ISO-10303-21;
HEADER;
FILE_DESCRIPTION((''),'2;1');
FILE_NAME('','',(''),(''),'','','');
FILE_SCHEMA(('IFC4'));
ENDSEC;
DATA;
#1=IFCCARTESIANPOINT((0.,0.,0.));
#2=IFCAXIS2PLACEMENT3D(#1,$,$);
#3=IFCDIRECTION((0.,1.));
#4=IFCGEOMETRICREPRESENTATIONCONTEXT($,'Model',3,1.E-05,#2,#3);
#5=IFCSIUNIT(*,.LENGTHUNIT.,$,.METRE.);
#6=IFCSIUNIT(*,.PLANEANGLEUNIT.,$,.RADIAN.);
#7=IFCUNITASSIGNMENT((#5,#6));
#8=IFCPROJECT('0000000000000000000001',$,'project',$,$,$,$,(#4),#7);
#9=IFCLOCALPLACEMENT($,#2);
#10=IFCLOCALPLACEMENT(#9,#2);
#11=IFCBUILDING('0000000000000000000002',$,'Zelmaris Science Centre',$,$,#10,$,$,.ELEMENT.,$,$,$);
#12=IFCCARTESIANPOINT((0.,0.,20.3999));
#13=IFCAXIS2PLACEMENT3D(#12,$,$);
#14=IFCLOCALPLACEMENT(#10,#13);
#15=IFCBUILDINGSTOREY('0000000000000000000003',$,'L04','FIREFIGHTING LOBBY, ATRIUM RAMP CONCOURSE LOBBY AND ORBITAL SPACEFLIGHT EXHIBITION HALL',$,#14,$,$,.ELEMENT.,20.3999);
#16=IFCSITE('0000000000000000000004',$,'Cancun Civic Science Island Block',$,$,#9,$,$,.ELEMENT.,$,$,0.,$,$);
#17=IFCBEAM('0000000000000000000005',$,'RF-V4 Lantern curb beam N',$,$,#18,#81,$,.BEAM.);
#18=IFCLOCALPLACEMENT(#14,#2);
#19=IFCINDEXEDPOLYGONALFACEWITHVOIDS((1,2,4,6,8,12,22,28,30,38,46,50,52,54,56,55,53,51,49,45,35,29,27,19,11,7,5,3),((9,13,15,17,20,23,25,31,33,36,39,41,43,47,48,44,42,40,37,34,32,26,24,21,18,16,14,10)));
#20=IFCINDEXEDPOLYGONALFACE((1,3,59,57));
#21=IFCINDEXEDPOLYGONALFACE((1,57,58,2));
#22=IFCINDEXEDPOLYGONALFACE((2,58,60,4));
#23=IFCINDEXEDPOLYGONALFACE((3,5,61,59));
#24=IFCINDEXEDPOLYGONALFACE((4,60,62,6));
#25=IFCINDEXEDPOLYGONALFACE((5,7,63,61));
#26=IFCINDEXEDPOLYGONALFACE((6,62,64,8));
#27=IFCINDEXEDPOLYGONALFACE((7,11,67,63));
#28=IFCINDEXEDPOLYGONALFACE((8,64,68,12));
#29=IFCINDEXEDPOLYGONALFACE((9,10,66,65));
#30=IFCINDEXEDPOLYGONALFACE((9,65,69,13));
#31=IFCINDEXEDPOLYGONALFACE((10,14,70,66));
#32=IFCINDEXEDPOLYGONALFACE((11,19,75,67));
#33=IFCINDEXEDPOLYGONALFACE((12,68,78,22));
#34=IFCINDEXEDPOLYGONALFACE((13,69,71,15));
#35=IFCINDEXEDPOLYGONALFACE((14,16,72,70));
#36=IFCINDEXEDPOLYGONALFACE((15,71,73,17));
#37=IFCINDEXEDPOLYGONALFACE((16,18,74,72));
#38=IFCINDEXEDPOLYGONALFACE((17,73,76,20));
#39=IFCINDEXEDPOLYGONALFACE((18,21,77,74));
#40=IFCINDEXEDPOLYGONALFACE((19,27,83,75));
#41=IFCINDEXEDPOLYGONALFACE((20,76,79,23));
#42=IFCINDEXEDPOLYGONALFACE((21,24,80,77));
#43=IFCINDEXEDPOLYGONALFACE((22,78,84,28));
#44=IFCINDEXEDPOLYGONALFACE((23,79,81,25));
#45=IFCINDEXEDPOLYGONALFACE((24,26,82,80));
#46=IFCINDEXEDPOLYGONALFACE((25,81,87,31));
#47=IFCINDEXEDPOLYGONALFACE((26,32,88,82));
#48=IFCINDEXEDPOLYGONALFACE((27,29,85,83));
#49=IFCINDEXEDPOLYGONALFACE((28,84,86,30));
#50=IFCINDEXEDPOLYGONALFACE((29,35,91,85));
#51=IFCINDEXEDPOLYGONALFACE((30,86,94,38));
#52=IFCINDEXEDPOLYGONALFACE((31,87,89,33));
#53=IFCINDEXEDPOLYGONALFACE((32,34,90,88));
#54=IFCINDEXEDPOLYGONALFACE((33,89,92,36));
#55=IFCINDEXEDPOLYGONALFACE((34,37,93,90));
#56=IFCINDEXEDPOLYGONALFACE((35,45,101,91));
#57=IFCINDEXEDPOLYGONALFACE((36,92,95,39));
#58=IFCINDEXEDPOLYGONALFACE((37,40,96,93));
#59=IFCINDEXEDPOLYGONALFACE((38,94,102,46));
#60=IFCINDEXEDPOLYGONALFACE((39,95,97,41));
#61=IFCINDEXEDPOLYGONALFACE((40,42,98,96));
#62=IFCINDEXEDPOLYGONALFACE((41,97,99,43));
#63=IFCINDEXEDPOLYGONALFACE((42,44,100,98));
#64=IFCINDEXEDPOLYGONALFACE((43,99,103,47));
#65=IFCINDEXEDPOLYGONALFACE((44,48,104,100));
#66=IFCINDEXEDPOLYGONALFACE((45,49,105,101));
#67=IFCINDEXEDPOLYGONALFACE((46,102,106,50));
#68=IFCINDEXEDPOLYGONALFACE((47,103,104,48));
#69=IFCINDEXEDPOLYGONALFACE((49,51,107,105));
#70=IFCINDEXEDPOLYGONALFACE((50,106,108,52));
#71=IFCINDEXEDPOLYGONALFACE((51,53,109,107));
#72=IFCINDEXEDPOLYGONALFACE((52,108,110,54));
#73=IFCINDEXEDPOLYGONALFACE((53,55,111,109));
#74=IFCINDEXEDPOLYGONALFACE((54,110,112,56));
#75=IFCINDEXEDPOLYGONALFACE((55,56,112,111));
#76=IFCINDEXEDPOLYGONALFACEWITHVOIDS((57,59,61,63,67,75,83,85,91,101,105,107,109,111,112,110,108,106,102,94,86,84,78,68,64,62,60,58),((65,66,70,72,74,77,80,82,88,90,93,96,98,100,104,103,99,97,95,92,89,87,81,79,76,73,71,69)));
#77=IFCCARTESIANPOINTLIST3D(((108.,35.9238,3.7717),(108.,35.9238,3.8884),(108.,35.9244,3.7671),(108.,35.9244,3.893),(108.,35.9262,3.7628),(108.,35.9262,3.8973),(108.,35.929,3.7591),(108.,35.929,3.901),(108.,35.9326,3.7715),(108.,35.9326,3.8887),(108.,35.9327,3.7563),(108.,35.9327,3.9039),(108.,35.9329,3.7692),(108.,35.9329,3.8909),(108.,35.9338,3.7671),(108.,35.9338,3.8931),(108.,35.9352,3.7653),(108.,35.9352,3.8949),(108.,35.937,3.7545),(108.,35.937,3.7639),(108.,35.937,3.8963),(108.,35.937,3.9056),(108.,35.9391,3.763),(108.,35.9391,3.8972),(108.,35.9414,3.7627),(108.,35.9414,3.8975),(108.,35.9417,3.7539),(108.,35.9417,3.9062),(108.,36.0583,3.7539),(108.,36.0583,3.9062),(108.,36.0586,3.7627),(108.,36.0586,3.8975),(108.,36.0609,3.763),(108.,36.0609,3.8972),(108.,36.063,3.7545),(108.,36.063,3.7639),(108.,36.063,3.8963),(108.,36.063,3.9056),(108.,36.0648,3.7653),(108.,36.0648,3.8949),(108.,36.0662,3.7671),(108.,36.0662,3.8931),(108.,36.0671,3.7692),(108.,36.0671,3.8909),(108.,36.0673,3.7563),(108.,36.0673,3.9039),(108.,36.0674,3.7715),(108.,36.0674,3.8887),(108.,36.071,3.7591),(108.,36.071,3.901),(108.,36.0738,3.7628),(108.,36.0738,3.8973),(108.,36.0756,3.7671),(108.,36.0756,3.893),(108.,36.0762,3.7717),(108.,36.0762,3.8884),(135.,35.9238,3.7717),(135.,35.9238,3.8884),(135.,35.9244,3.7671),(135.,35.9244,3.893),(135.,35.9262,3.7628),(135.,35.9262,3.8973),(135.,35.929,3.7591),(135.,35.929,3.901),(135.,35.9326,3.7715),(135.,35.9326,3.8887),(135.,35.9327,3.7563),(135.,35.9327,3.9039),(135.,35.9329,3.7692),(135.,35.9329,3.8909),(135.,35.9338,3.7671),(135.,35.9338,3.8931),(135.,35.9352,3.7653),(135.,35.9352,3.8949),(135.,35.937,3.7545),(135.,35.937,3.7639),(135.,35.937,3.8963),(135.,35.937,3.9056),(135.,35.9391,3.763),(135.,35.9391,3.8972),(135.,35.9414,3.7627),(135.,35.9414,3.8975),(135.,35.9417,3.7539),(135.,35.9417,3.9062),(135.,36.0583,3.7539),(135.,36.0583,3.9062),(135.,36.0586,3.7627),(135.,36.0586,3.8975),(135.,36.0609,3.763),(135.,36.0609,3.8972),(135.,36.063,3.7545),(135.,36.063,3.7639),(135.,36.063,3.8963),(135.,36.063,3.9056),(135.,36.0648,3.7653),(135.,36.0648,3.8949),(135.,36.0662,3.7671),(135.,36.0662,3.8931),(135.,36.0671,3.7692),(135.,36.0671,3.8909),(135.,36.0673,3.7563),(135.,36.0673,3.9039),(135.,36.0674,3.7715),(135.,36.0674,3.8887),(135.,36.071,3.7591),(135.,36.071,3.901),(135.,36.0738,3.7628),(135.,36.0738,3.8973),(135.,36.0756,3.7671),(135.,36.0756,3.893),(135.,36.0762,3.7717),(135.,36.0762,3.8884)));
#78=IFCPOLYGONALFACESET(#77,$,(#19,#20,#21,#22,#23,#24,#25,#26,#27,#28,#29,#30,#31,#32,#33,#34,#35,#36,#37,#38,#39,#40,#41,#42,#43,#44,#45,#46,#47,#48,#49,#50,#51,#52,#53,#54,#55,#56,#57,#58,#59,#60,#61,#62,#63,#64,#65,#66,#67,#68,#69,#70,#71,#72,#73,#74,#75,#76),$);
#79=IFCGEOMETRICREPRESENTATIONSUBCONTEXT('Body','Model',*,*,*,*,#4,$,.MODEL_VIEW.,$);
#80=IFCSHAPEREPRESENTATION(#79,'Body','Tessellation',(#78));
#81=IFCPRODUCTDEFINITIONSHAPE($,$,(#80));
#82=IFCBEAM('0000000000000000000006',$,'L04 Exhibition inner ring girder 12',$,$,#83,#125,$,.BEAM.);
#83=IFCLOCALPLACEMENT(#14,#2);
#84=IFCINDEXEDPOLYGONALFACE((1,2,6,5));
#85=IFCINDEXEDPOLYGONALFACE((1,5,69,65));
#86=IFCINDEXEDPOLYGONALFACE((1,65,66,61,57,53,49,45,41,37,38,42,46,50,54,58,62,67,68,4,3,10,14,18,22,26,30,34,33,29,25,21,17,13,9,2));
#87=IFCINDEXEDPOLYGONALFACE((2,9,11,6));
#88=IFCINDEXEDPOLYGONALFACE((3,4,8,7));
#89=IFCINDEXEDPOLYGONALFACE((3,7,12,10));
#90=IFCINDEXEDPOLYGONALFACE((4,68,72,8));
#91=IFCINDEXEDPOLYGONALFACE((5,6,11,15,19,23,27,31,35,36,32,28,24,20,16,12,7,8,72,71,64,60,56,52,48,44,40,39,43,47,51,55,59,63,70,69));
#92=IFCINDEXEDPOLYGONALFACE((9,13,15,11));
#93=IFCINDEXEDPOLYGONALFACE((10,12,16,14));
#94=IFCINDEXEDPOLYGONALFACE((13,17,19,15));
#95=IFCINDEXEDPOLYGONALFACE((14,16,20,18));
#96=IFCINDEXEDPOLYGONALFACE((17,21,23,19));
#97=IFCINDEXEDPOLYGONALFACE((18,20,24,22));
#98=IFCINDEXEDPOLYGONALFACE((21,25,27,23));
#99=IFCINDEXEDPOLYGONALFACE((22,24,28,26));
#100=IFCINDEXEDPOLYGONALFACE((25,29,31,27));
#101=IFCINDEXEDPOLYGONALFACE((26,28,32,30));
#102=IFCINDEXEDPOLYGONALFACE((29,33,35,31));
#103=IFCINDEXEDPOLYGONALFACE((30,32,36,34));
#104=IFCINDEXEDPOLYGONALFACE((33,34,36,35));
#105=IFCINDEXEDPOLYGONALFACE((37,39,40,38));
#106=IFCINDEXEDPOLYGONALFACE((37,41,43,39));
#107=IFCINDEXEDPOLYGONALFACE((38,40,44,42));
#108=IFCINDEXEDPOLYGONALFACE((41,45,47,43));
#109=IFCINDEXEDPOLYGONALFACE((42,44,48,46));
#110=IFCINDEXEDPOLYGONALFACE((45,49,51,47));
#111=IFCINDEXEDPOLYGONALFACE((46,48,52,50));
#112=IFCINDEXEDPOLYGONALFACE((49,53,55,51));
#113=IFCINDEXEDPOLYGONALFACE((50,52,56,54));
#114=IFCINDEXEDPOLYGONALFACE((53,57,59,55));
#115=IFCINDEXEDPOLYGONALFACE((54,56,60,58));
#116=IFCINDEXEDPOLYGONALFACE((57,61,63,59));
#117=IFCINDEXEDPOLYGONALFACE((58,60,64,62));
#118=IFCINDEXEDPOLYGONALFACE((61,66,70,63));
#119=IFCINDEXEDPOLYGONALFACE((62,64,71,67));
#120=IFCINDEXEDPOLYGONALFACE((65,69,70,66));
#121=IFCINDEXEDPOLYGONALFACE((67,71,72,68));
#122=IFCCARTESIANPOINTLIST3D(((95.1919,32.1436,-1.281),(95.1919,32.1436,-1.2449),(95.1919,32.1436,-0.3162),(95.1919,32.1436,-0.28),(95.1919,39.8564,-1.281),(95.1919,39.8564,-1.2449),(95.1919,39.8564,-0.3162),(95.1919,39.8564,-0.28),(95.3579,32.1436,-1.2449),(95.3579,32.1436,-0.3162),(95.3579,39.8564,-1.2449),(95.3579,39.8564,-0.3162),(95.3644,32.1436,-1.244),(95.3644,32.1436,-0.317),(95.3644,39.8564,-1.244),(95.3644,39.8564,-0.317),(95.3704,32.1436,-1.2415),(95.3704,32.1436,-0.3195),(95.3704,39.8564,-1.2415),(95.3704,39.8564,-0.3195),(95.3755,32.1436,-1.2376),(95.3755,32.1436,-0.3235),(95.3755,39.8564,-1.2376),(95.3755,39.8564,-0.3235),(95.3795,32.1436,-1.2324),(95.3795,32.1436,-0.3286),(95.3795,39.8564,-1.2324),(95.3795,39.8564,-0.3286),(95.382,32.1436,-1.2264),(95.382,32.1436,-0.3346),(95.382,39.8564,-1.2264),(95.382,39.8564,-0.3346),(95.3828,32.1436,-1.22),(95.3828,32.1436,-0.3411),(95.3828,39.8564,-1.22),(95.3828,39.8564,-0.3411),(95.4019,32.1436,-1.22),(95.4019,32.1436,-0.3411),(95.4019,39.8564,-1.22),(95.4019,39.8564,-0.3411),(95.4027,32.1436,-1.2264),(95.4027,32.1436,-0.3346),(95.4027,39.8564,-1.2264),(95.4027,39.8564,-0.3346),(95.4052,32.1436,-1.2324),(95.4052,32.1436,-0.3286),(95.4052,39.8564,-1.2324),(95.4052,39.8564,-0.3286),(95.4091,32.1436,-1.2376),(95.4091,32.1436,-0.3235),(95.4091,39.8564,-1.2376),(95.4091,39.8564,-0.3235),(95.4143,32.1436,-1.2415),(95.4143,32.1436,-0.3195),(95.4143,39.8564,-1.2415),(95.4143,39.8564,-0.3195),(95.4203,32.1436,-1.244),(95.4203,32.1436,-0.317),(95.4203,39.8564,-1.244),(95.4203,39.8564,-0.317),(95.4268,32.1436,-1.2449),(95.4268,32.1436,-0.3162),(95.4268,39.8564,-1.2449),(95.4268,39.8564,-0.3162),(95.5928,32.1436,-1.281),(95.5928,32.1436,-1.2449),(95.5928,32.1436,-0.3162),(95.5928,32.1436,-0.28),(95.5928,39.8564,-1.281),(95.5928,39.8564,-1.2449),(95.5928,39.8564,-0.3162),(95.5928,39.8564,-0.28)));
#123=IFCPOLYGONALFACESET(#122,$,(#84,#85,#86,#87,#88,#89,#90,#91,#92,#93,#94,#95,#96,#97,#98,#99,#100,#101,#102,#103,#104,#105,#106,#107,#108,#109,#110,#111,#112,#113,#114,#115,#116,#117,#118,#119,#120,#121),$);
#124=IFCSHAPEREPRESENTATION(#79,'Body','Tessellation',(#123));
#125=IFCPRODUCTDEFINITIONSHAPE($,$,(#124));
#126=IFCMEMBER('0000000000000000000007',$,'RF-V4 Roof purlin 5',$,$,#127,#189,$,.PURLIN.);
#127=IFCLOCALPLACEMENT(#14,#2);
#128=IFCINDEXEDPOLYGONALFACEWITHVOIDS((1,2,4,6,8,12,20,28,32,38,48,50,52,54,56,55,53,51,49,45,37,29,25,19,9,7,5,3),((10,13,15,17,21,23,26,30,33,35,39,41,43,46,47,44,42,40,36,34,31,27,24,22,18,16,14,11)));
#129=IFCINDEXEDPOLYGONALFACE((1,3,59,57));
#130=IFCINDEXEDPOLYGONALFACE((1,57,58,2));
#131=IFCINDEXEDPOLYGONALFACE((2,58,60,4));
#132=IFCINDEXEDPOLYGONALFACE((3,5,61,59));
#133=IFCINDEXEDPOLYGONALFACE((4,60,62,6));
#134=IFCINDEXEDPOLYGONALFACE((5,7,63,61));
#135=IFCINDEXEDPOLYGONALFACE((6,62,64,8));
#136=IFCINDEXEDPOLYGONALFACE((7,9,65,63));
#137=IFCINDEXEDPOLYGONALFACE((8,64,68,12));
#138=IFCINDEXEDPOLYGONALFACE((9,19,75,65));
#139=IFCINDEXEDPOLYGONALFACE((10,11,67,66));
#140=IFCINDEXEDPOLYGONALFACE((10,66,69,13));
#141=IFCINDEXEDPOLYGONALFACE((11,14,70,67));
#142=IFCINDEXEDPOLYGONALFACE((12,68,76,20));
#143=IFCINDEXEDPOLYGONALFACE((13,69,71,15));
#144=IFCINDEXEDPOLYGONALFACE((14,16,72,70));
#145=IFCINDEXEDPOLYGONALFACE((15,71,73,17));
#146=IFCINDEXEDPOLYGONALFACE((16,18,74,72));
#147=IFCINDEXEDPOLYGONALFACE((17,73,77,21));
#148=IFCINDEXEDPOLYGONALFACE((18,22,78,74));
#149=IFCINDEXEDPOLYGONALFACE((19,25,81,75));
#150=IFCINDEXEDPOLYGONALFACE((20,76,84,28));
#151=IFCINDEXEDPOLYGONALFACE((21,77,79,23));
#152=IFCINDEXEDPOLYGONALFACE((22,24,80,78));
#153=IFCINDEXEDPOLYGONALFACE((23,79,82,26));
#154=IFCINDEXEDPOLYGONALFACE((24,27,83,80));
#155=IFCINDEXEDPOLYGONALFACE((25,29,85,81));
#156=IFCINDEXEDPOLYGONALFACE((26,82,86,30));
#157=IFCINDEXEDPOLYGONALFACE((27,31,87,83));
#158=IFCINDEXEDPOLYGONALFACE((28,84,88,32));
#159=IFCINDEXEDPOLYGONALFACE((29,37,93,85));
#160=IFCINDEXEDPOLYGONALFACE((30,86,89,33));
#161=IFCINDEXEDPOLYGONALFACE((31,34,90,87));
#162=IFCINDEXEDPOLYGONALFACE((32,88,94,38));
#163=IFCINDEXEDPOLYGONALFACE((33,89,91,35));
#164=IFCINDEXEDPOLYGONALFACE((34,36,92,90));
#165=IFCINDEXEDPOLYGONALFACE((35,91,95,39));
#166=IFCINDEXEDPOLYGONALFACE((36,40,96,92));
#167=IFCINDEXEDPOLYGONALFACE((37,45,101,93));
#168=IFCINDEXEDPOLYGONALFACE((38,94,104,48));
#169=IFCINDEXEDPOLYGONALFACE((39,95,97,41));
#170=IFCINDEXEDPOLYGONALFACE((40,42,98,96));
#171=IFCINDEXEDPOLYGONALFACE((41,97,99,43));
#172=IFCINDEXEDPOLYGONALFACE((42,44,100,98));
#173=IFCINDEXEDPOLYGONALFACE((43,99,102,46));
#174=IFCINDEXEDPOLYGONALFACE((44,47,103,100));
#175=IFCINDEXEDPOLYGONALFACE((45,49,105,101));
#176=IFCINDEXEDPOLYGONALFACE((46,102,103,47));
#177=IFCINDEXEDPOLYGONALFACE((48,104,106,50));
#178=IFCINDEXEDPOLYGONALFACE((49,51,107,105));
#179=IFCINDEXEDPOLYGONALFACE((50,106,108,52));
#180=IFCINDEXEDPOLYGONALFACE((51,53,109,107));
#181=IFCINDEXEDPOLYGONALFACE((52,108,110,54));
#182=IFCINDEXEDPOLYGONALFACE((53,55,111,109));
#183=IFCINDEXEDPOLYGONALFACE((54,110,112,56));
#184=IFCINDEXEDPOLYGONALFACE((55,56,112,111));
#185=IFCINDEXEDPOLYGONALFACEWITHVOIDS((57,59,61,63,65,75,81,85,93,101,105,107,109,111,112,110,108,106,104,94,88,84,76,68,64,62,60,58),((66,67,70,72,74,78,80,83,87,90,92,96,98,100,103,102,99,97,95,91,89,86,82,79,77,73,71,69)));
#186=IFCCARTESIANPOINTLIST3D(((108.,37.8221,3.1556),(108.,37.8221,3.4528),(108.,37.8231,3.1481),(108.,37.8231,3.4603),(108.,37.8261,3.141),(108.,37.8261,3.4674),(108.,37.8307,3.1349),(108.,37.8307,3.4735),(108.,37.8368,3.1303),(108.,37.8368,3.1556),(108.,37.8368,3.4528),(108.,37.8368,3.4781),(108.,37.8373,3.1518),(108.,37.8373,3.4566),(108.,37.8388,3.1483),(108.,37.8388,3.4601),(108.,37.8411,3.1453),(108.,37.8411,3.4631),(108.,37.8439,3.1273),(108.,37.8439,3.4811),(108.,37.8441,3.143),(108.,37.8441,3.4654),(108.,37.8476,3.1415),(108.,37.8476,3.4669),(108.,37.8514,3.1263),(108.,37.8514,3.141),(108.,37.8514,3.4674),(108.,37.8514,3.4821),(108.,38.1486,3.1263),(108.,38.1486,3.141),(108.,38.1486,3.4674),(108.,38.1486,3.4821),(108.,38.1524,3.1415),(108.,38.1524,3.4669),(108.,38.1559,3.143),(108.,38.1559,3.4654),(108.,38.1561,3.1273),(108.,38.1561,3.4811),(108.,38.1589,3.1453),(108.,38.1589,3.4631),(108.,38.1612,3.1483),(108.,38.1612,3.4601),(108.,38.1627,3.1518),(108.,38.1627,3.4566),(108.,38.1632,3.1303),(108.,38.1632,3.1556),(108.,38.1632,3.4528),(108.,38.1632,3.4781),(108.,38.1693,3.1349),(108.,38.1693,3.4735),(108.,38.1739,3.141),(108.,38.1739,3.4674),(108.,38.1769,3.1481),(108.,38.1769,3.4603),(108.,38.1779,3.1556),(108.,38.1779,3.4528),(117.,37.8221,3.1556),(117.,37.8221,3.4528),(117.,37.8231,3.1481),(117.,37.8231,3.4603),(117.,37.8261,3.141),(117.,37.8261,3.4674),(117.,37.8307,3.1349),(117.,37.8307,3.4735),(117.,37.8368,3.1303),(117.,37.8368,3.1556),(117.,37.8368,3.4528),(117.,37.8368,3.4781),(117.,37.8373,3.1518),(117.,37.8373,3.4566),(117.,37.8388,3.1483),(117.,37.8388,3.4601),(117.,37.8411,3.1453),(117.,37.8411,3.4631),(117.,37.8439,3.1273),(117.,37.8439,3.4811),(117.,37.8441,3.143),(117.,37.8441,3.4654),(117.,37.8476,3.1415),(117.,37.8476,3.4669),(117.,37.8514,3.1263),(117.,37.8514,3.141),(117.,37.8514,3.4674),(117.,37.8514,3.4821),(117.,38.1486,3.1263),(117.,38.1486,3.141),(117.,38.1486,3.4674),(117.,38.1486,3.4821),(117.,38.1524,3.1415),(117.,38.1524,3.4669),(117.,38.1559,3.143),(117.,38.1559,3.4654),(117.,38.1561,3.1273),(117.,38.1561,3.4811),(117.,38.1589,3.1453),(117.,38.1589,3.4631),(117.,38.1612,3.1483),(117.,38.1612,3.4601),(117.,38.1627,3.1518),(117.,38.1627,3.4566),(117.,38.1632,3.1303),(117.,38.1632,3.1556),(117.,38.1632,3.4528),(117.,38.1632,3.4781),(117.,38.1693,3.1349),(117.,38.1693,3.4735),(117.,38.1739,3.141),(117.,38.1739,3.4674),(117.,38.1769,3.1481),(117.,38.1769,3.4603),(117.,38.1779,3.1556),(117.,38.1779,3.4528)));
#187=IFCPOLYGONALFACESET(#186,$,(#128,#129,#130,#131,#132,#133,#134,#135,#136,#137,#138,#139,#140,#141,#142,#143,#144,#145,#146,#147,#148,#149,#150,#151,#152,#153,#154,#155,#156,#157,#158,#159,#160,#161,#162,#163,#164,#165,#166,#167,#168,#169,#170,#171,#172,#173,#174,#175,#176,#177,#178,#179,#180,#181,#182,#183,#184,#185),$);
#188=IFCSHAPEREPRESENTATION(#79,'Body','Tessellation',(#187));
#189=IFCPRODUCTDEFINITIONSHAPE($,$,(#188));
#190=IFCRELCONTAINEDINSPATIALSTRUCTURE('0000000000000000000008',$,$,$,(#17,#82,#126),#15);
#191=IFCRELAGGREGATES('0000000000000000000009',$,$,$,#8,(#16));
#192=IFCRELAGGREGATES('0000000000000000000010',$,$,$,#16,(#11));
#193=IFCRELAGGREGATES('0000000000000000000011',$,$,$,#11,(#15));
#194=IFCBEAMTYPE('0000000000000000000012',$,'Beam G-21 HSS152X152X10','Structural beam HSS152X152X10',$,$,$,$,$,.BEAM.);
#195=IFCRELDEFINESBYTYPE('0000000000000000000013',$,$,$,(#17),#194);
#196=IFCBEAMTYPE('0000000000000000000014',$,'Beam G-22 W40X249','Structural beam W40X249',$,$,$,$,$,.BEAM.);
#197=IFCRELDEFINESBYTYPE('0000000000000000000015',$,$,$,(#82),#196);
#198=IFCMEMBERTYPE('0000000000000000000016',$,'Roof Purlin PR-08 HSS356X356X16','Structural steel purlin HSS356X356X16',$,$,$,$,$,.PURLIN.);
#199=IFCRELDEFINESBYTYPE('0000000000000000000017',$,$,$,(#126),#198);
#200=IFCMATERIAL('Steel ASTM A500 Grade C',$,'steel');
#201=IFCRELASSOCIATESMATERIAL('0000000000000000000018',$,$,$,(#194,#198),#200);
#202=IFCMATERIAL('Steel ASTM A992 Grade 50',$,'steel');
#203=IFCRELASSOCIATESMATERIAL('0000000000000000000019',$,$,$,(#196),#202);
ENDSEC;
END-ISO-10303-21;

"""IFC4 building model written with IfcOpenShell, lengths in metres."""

from ifc_helpers import new_model, si_unit, direction, frame, origin, origin_2d, place, context, subcontext, project, spatial, hollow_rectangle, i_section, extrude, material, material_profile, profile_set, type_object, element, save


model = new_model("IFC4")

# Units and contexts
model_context = context("Model", 3, precision=1e-05, world=origin(), true_north=direction((0.0, 1.0)))
body_context = subcontext(model_context, "Body", "Model", "MODEL_VIEW")
ifc_project = project(units=[si_unit("LENGTHUNIT", "METRE"), si_unit("PLANEANGLEUNIT", "RADIAN")], contexts=[model_context])

# Site, building, storey
site_placement = place(None, origin())
site = spatial("IfcSite", under=ifc_project, at=site_placement, Name="Cancun Civic Science Island Block", CompositionType="ELEMENT", RefElevation=0.0)
building_placement = place(site_placement, origin())
building = spatial("IfcBuilding", under=site, at=building_placement, Name="Zelmaris Science Centre", CompositionType="ELEMENT")
storey_placement = place(building_placement, frame((0.0, 0.0, 20.3999)))
storey = spatial("IfcBuildingStorey", under=building, at=storey_placement, Name="L04", Description="FIREFIGHTING LOBBY, ATRIUM RAMP CONCOURSE LOBBY AND ORBITAL SPACEFLIGHT EXHIBITION HALL", CompositionType="ELEMENT", Elevation=20.3999)

# Shared definitions
ifc_material_1 = material(Name="Steel ASTM A992 Grade 50", Category="steel")

# Beams
ifc_material_2 = material(Name="Steel ASTM A500 Grade C", Category="steel")
ifc_material_profile_1 = material_profile(ifc_material_2, hollow_rectangle(XDim=0.1523, YDim=0.1523, WallThickness=0.0088, InnerFilletRadius=0.0088, OuterFilletRadius=0.0178, at=origin_2d()), Name="HSS152X152X10")
ifc_profile_set_1 = profile_set([ifc_material_profile_1], Name="Steel ASTM A500 Grade C")
beam_type_1 = type_object("IfcBeamType", Name="Beam G-21 HSS152X152X10", Description="Structural beam HSS152X152X10", PredefinedType="BEAM", material=ifc_profile_set_1)
beam_1_placement = place(storey_placement, frame((108.0, 36.0, 3.8301), z_axis=(1.0, 0.0, 0.0), x_axis=(0.0, 1.0, 0.0)))
element("IfcBeam", 1, at=beam_1_placement, inside=storey, type_object=beam_type_1, Name="RF-V4 Lantern curb beam N", PredefinedType="BEAM", context=body_context, shape_type="SweptSolid", body=[
    extrude(hollow_rectangle(XDim=0.1523, YDim=0.1523, WallThickness=0.0088, InnerFilletRadius=0.0088, OuterFilletRadius=0.0178, at=origin_2d()), origin(), (0.0, 0.0, 1.0), 27.0),
])
ifc_material_profile_2 = material_profile(ifc_material_1, i_section(OverallWidth=0.4009, OverallDepth=1.001, WebThickness=0.019, FlangeThickness=0.0361, FilletRadius=0.0249, at=origin_2d()), Name="W40X249")
ifc_profile_set_2 = profile_set([ifc_material_profile_2], Name="Steel ASTM A992 Grade 50")
beam_type_2 = type_object("IfcBeamType", Name="Beam G-22 W40X249", Description="Structural beam W40X249", PredefinedType="BEAM", material=ifc_profile_set_2)
beam_2_placement = place(storey_placement, frame((95.3923, 32.1436, -0.7805), z_axis=(0.0, 1.0, 0.0), x_axis=(-1.0, 0.0, 0.0)))
element("IfcBeam", 2, at=beam_2_placement, inside=storey, type_object=beam_type_2, Name="L04 Exhibition inner ring girder 12", PredefinedType="BEAM", context=body_context, shape_type="SweptSolid", body=[
    extrude(i_section(OverallWidth=0.4009, OverallDepth=1.001, WebThickness=0.019, FlangeThickness=0.0361, FilletRadius=0.0249, at=origin_2d()), origin(), (0.0, 0.0, 1.0), 7.7129),
])

# Member
ifc_material_profile_3 = material_profile(ifc_material_2, hollow_rectangle(XDim=0.3557, YDim=0.3557, WallThickness=0.0146, InnerFilletRadius=0.0146, OuterFilletRadius=0.0293, at=origin_2d()), Name="HSS356X356X16")
ifc_profile_set_3 = profile_set([ifc_material_profile_3], Name="Steel ASTM A500 Grade C")
member_type_1 = type_object("IfcMemberType", Name="Roof Purlin PR-08 HSS356X356X16", Description="Structural steel purlin HSS356X356X16", PredefinedType="PURLIN", material=ifc_profile_set_3)
member_1_placement = place(storey_placement, frame((108.0, 38.0, 3.3042), z_axis=(1.0, 0.0, 0.0), x_axis=(0.0, 1.0, 0.0)))
element("IfcMember", 3, at=member_1_placement, inside=storey, type_object=member_type_1, Name="RF-V4 Roof purlin 5", PredefinedType="PURLIN", context=body_context, shape_type="SweptSolid", body=[
    extrude(hollow_rectangle(XDim=0.3557, YDim=0.3557, WallThickness=0.0146, InnerFilletRadius=0.0146, OuterFilletRadius=0.0293, at=origin_2d()), origin(), (0.0, 0.0, 1.0), 9.0),
])

save(model, "model.ifc")
